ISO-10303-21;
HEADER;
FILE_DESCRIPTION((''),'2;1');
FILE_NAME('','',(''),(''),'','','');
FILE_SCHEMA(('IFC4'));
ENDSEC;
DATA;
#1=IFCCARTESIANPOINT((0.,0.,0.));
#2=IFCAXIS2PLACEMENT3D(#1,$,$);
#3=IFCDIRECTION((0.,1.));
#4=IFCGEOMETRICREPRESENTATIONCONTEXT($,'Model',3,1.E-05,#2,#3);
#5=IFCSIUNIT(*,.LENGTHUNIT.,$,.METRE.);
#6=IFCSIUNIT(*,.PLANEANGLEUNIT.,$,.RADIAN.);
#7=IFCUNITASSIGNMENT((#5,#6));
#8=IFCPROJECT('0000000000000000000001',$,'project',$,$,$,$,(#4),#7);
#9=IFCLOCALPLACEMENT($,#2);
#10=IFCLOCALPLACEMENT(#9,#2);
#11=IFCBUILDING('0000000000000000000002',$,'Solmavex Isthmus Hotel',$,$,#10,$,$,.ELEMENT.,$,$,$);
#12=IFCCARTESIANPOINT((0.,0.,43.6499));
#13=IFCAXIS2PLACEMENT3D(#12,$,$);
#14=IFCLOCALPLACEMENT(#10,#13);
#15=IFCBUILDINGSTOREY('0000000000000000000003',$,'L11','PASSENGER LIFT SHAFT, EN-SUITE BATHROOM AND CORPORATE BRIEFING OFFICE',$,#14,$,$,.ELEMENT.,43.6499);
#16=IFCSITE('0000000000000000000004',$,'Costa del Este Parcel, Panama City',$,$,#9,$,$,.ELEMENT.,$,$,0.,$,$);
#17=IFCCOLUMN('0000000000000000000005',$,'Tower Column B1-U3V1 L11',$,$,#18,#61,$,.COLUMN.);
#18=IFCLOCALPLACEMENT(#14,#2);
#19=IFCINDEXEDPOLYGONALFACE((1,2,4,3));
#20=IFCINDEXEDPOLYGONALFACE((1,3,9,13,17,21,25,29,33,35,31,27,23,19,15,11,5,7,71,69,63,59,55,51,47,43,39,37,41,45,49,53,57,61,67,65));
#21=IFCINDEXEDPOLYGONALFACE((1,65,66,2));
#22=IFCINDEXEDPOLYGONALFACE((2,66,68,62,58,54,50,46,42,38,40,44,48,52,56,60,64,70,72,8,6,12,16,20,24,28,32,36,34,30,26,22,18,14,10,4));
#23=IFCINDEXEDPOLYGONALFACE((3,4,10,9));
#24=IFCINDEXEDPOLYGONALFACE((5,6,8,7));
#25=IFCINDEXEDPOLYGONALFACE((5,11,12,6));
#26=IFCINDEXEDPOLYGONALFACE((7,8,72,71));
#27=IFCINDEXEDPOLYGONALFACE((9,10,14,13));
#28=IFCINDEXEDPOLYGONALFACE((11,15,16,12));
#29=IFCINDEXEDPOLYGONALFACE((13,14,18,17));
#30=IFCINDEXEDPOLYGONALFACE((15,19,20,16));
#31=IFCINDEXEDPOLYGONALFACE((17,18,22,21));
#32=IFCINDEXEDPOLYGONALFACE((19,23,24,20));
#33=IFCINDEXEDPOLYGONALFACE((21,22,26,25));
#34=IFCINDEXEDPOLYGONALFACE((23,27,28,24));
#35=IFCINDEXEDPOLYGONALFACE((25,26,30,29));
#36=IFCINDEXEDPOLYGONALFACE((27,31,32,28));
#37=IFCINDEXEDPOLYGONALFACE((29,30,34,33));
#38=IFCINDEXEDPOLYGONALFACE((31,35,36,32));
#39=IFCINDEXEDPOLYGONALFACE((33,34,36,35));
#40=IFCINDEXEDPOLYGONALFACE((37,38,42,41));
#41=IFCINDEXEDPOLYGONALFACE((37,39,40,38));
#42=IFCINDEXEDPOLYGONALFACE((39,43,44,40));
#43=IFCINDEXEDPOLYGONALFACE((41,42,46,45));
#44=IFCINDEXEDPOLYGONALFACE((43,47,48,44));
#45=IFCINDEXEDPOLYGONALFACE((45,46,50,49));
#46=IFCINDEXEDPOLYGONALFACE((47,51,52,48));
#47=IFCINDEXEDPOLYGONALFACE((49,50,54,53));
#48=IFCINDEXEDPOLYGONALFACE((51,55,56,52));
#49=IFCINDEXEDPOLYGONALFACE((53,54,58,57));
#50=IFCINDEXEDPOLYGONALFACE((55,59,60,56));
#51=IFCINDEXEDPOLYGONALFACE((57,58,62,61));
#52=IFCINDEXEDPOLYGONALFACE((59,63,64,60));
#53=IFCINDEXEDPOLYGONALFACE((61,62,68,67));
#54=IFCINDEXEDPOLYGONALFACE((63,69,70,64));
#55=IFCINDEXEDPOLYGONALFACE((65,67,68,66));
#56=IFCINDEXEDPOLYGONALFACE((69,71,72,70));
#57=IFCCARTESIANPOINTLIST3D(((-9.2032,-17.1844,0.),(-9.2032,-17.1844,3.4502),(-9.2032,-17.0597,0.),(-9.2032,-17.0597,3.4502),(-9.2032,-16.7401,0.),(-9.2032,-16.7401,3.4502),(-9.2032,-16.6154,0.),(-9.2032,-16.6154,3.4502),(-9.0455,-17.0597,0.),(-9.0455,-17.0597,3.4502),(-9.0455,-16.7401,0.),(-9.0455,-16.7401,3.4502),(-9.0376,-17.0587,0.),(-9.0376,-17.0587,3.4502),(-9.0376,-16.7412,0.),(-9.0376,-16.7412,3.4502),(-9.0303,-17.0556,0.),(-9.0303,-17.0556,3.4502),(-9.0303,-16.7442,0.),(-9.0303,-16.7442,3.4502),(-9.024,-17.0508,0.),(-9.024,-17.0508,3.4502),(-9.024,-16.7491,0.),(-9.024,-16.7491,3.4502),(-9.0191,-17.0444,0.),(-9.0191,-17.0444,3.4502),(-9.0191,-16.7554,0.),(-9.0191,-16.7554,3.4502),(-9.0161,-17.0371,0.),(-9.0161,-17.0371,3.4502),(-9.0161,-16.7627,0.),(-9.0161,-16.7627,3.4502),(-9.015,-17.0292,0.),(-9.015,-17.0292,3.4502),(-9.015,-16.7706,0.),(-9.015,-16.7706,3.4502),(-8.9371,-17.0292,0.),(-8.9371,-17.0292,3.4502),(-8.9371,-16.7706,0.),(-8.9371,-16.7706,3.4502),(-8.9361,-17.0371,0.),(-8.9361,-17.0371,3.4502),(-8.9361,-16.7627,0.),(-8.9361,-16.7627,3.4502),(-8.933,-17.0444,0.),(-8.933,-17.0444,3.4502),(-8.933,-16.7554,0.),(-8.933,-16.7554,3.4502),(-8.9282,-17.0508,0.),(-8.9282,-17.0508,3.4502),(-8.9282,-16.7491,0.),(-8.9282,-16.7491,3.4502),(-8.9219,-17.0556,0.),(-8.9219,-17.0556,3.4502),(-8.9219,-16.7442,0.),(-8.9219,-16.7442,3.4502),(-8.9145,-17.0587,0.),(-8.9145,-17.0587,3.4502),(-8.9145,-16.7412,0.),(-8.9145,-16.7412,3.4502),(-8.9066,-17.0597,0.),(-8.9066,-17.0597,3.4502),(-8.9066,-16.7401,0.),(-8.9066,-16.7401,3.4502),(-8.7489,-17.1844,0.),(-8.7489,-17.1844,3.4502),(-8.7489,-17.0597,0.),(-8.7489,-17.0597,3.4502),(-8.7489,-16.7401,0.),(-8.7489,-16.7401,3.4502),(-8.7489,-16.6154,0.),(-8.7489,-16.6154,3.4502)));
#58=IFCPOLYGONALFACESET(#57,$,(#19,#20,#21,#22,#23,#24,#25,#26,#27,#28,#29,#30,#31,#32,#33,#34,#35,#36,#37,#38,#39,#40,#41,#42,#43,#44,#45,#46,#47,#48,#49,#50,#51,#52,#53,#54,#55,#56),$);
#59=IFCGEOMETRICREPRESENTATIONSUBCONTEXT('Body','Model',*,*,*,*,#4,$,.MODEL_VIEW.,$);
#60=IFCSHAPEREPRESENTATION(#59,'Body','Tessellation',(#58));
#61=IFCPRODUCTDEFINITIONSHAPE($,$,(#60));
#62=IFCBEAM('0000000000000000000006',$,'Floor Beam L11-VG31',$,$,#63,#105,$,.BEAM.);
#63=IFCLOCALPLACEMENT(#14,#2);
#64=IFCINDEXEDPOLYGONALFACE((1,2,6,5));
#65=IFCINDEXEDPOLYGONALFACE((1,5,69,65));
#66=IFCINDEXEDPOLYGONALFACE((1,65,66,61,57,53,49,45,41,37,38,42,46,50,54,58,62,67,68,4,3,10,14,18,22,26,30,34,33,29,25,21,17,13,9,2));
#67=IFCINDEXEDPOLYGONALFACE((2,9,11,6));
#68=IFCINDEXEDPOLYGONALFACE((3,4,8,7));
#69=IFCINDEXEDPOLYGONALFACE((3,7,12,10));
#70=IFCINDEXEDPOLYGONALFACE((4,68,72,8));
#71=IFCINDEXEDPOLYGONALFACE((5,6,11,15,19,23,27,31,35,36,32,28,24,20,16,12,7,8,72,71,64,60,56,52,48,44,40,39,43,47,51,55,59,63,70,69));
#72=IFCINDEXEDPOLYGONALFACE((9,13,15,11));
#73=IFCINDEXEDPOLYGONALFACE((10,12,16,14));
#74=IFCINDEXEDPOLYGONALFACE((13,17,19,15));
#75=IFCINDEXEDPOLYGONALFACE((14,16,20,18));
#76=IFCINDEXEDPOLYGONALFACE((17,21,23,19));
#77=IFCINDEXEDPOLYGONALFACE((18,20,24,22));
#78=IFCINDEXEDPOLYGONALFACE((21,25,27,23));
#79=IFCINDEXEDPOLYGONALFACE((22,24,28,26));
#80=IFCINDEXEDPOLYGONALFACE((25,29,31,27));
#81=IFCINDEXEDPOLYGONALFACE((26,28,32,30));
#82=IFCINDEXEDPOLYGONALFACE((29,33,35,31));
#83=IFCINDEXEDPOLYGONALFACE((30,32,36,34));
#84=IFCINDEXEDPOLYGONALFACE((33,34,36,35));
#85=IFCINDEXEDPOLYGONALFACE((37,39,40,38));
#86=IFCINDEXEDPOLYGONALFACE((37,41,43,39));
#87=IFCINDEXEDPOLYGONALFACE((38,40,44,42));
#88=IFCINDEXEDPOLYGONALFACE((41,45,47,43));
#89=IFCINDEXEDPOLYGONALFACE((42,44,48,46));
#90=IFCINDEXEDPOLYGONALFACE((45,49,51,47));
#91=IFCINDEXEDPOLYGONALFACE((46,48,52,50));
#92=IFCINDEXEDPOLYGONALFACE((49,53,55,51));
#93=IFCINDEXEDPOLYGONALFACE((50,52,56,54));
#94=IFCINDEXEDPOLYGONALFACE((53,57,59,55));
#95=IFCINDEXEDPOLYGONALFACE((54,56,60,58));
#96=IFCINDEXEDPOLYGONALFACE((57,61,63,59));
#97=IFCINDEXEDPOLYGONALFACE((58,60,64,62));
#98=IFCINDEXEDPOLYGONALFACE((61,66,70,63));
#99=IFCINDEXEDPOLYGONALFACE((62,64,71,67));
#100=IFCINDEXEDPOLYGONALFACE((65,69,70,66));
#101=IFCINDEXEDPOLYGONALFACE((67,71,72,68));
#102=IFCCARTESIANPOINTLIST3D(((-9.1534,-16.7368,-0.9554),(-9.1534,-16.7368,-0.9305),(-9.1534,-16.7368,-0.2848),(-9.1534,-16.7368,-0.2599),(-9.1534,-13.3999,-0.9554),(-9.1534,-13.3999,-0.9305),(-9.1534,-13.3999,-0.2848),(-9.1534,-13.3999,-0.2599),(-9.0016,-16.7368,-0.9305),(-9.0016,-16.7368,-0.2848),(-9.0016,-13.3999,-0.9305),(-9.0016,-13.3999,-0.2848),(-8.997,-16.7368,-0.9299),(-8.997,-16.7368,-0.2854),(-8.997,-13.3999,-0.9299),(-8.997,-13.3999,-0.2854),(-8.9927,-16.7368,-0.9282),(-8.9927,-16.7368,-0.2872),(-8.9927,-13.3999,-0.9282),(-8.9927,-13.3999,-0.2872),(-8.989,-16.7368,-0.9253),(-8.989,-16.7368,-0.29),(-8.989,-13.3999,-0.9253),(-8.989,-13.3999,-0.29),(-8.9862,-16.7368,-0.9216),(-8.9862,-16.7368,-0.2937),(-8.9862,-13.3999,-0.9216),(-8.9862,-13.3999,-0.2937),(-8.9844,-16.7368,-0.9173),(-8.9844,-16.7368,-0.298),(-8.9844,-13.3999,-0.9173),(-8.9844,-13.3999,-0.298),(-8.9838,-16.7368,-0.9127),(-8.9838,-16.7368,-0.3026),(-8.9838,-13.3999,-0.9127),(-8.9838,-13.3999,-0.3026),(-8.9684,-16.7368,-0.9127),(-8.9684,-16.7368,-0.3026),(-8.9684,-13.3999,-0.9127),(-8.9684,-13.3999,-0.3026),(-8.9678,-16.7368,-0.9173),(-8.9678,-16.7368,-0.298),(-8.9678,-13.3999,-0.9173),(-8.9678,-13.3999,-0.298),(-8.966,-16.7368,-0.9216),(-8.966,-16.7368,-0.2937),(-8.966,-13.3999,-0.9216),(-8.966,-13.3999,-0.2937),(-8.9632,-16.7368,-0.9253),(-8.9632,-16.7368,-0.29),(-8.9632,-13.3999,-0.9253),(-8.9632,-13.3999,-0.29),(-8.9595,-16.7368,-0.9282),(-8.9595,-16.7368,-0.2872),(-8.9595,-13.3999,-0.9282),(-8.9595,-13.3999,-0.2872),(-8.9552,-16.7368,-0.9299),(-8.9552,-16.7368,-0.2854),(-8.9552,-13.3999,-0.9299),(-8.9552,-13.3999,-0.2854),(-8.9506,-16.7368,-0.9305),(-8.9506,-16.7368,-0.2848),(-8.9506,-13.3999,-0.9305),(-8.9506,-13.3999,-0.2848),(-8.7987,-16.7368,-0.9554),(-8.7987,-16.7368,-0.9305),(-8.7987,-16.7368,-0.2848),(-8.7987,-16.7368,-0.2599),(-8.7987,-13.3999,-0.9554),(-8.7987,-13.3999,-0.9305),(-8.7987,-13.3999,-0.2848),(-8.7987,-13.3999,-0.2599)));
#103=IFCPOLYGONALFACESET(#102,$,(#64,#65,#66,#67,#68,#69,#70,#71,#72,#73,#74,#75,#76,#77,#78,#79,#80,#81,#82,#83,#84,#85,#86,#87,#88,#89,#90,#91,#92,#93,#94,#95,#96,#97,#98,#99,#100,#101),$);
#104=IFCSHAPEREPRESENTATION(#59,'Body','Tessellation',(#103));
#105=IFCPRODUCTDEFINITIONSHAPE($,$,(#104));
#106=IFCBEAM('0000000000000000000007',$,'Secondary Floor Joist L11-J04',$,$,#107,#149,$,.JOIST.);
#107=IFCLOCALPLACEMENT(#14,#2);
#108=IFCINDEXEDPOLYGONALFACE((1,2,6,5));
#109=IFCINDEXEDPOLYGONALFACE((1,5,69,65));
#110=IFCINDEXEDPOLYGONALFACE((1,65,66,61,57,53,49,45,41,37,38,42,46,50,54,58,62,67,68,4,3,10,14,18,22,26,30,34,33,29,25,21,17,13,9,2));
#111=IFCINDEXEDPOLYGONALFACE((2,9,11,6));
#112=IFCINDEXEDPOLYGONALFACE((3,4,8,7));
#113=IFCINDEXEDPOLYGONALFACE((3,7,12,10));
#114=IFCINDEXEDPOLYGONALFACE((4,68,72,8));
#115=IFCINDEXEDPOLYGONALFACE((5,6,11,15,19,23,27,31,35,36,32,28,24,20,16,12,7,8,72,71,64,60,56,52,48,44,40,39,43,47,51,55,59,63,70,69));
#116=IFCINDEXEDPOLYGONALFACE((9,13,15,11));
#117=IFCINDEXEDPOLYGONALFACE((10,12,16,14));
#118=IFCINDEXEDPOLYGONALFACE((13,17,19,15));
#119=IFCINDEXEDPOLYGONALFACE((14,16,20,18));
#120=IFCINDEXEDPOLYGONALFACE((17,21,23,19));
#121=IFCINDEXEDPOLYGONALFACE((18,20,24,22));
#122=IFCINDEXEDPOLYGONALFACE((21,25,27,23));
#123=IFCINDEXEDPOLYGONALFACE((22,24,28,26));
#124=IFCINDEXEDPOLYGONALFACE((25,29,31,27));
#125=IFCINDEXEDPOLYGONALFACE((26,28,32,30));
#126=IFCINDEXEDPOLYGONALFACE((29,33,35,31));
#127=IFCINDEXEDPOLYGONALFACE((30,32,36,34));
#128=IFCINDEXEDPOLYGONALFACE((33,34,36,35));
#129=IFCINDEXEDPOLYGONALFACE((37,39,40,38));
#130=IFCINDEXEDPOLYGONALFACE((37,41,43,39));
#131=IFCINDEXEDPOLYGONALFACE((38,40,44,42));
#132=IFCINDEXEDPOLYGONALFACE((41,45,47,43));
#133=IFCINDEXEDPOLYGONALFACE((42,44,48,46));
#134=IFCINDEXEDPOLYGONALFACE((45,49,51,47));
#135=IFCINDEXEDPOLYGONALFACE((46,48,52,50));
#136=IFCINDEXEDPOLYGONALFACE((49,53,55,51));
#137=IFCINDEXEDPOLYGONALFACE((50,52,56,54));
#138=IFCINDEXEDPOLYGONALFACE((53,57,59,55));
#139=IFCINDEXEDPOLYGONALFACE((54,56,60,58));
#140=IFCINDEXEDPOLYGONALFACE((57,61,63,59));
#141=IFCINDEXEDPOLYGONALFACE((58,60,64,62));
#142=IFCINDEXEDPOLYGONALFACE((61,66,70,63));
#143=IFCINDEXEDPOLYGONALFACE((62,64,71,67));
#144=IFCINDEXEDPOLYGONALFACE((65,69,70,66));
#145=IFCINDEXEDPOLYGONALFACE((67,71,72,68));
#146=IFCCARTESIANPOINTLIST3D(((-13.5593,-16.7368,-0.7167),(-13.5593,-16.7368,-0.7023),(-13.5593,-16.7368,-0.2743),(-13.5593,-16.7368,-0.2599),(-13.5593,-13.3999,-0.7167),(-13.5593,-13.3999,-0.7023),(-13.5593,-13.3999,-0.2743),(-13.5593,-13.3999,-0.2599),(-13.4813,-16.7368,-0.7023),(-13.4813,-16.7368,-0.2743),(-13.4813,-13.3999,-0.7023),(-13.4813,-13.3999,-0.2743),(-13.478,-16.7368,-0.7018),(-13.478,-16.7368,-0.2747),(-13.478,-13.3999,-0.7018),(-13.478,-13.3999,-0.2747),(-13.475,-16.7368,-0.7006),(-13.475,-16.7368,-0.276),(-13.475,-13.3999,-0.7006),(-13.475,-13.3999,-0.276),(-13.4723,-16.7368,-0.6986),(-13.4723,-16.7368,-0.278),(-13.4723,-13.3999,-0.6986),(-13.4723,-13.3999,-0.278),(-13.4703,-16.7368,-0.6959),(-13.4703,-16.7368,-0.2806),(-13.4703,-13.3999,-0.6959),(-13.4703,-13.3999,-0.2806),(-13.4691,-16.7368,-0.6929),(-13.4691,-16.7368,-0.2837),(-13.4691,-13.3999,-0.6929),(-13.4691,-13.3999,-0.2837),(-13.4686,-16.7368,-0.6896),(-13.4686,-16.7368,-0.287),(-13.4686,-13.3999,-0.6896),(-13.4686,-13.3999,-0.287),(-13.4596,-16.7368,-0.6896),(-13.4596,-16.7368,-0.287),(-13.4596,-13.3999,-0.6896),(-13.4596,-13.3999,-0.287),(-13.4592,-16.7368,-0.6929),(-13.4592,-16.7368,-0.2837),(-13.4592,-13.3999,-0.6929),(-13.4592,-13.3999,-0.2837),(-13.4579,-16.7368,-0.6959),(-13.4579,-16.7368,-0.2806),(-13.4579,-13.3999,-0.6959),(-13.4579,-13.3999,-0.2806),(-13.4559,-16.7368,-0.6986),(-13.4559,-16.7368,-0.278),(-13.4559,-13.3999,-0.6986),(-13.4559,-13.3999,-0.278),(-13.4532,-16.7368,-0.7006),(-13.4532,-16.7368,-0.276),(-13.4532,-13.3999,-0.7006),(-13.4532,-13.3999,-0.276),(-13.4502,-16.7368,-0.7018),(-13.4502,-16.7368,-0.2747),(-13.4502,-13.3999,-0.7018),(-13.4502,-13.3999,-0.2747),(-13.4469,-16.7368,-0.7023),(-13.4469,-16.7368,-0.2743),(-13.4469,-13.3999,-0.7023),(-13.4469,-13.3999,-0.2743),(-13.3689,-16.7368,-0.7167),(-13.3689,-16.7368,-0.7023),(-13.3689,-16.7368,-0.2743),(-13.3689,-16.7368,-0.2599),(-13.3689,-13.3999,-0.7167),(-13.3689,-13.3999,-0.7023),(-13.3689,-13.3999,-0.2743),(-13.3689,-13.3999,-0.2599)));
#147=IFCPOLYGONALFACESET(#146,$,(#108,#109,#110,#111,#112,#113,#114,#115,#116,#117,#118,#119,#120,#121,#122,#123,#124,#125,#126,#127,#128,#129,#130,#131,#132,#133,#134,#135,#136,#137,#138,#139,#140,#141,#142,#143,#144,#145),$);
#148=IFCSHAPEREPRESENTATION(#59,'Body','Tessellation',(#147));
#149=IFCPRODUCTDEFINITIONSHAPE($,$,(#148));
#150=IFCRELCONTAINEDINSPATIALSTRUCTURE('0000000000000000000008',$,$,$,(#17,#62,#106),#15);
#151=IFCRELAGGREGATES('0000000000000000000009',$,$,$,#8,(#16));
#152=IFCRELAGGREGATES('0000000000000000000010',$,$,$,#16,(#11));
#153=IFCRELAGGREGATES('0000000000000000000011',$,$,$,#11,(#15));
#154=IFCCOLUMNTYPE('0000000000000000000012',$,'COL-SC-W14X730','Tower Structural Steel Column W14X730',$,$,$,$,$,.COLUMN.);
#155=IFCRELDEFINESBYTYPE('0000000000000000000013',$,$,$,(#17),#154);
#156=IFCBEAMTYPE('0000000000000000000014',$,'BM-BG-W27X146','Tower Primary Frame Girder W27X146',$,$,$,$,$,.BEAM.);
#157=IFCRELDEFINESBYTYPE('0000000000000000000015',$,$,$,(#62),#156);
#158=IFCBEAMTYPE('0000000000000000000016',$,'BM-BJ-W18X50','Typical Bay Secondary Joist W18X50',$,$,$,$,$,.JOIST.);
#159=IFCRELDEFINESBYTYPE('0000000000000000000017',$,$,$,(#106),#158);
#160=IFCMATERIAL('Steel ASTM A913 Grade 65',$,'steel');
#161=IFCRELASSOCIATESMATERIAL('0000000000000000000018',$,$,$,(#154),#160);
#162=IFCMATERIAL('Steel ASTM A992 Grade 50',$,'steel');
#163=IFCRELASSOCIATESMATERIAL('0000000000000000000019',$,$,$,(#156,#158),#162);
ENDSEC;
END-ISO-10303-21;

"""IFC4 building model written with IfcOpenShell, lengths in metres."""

from ifc_helpers import new_model, si_unit, direction, frame, origin, origin_2d, place, context, subcontext, project, spatial, i_section, extrude, material, material_profile, profile_set, type_object, element, save


model = new_model("IFC4")

# Units and contexts
model_context = context("Model", 3, precision=1e-05, world=origin(), true_north=direction((0.0, 1.0)))
body_context = subcontext(model_context, "Body", "Model", "MODEL_VIEW")
ifc_project = project(units=[si_unit("LENGTHUNIT", "METRE"), si_unit("PLANEANGLEUNIT", "RADIAN")], contexts=[model_context])

# Site, building, storey
site_placement = place(None, origin())
site = spatial("IfcSite", under=ifc_project, at=site_placement, Name="Costa del Este Parcel, Panama City", CompositionType="ELEMENT", RefElevation=0.0)
building_placement = place(site_placement, origin())
building = spatial("IfcBuilding", under=site, at=building_placement, Name="Solmavex Isthmus Hotel", CompositionType="ELEMENT")
storey_placement = place(building_placement, frame((0.0, 0.0, 43.6499)))
storey = spatial("IfcBuildingStorey", under=building, at=storey_placement, Name="L11", Description="PASSENGER LIFT SHAFT, EN-SUITE BATHROOM AND CORPORATE BRIEFING OFFICE", CompositionType="ELEMENT", Elevation=43.6499)

# Column
ifc_material_1 = material(Name="Steel ASTM A913 Grade 65", Category="steel")
ifc_material_profile_1 = material_profile(ifc_material_1, i_section(OverallWidth=0.4543, OverallDepth=0.5691, WebThickness=0.0779, FlangeThickness=0.1248, FilletRadius=0.0305, at=origin_2d()), Name="W14X730")
ifc_profile_set_1 = profile_set([ifc_material_profile_1], Name="Steel ASTM A913 Grade 65")
column_type = type_object("IfcColumnType", Name="COL-SC-W14X730", Description="Tower Structural Steel Column W14X730", PredefinedType="COLUMN", material=ifc_profile_set_1)
column_placement = place(storey_placement, frame((-8.9761, -16.8999, 0.0), z_axis=(0.0, 0.0, 1.0), x_axis=(1.0, 0.0, 0.0)))
element("IfcColumn", 1, at=column_placement, inside=storey, type_object=column_type, Name="Tower Column B1-U3V1 L11", PredefinedType="COLUMN", context=body_context, shape_type="SweptSolid", body=[
    extrude(i_section(OverallWidth=0.4543, OverallDepth=0.5691, WebThickness=0.0779, FlangeThickness=0.1248, FilletRadius=0.0305, at=origin_2d()), origin(), (0.0, 0.0, 1.0), 3.4502),
])

# Beams
ifc_material_2 = material(Name="Steel ASTM A992 Grade 50", Category="steel")
ifc_material_profile_2 = material_profile(ifc_material_2, i_section(OverallWidth=0.3547, OverallDepth=0.6956, WebThickness=0.0154, FlangeThickness=0.0249, FilletRadius=0.0178, at=origin_2d()), Name="W27X146")
ifc_profile_set_2 = profile_set([ifc_material_profile_2], Name="Steel ASTM A992 Grade 50")
beam_type_1 = type_object("IfcBeamType", Name="BM-BG-W27X146", Description="Tower Primary Frame Girder W27X146", PredefinedType="BEAM", material=ifc_profile_set_2)
beam_1_placement = place(storey_placement, frame((-8.9761, -16.7368, -0.6077), z_axis=(0.0, 1.0, 0.0), x_axis=(-1.0, 0.0, 0.0)))
element("IfcBeam", 2, at=beam_1_placement, inside=storey, type_object=beam_type_1, Name="Floor Beam L11-VG31", PredefinedType="BEAM", context=body_context, shape_type="SweptSolid", body=[
    extrude(i_section(OverallWidth=0.3547, OverallDepth=0.6956, WebThickness=0.0154, FlangeThickness=0.0249, FilletRadius=0.0178, at=origin_2d()), origin(), (0.0, 0.0, 1.0), 3.3369),
])
ifc_material_profile_3 = material_profile(ifc_material_2, i_section(OverallWidth=0.1904, OverallDepth=0.4568, WebThickness=0.009, FlangeThickness=0.0144, FilletRadius=0.0127, at=origin_2d()), Name="W18X50")
ifc_profile_set_3 = profile_set([ifc_material_profile_3], Name="Steel ASTM A992 Grade 50")
beam_type_2 = type_object("IfcBeamType", Name="BM-BJ-W18X50", Description="Typical Bay Secondary Joist W18X50", PredefinedType="JOIST", material=ifc_profile_set_3)
beam_2_placement = place(storey_placement, frame((-13.4641, -16.7368, -0.4883), z_axis=(0.0, 1.0, 0.0), x_axis=(-1.0, 0.0, 0.0)))
element("IfcBeam", 3, at=beam_2_placement, inside=storey, type_object=beam_type_2, Name="Secondary Floor Joist L11-J04", PredefinedType="JOIST", context=body_context, shape_type="SweptSolid", body=[
    extrude(i_section(OverallWidth=0.1904, OverallDepth=0.4568, WebThickness=0.009, FlangeThickness=0.0144, FilletRadius=0.0127, at=origin_2d()), origin(), (0.0, 0.0, 1.0), 3.3369),
])

save(model, "model.ifc")
